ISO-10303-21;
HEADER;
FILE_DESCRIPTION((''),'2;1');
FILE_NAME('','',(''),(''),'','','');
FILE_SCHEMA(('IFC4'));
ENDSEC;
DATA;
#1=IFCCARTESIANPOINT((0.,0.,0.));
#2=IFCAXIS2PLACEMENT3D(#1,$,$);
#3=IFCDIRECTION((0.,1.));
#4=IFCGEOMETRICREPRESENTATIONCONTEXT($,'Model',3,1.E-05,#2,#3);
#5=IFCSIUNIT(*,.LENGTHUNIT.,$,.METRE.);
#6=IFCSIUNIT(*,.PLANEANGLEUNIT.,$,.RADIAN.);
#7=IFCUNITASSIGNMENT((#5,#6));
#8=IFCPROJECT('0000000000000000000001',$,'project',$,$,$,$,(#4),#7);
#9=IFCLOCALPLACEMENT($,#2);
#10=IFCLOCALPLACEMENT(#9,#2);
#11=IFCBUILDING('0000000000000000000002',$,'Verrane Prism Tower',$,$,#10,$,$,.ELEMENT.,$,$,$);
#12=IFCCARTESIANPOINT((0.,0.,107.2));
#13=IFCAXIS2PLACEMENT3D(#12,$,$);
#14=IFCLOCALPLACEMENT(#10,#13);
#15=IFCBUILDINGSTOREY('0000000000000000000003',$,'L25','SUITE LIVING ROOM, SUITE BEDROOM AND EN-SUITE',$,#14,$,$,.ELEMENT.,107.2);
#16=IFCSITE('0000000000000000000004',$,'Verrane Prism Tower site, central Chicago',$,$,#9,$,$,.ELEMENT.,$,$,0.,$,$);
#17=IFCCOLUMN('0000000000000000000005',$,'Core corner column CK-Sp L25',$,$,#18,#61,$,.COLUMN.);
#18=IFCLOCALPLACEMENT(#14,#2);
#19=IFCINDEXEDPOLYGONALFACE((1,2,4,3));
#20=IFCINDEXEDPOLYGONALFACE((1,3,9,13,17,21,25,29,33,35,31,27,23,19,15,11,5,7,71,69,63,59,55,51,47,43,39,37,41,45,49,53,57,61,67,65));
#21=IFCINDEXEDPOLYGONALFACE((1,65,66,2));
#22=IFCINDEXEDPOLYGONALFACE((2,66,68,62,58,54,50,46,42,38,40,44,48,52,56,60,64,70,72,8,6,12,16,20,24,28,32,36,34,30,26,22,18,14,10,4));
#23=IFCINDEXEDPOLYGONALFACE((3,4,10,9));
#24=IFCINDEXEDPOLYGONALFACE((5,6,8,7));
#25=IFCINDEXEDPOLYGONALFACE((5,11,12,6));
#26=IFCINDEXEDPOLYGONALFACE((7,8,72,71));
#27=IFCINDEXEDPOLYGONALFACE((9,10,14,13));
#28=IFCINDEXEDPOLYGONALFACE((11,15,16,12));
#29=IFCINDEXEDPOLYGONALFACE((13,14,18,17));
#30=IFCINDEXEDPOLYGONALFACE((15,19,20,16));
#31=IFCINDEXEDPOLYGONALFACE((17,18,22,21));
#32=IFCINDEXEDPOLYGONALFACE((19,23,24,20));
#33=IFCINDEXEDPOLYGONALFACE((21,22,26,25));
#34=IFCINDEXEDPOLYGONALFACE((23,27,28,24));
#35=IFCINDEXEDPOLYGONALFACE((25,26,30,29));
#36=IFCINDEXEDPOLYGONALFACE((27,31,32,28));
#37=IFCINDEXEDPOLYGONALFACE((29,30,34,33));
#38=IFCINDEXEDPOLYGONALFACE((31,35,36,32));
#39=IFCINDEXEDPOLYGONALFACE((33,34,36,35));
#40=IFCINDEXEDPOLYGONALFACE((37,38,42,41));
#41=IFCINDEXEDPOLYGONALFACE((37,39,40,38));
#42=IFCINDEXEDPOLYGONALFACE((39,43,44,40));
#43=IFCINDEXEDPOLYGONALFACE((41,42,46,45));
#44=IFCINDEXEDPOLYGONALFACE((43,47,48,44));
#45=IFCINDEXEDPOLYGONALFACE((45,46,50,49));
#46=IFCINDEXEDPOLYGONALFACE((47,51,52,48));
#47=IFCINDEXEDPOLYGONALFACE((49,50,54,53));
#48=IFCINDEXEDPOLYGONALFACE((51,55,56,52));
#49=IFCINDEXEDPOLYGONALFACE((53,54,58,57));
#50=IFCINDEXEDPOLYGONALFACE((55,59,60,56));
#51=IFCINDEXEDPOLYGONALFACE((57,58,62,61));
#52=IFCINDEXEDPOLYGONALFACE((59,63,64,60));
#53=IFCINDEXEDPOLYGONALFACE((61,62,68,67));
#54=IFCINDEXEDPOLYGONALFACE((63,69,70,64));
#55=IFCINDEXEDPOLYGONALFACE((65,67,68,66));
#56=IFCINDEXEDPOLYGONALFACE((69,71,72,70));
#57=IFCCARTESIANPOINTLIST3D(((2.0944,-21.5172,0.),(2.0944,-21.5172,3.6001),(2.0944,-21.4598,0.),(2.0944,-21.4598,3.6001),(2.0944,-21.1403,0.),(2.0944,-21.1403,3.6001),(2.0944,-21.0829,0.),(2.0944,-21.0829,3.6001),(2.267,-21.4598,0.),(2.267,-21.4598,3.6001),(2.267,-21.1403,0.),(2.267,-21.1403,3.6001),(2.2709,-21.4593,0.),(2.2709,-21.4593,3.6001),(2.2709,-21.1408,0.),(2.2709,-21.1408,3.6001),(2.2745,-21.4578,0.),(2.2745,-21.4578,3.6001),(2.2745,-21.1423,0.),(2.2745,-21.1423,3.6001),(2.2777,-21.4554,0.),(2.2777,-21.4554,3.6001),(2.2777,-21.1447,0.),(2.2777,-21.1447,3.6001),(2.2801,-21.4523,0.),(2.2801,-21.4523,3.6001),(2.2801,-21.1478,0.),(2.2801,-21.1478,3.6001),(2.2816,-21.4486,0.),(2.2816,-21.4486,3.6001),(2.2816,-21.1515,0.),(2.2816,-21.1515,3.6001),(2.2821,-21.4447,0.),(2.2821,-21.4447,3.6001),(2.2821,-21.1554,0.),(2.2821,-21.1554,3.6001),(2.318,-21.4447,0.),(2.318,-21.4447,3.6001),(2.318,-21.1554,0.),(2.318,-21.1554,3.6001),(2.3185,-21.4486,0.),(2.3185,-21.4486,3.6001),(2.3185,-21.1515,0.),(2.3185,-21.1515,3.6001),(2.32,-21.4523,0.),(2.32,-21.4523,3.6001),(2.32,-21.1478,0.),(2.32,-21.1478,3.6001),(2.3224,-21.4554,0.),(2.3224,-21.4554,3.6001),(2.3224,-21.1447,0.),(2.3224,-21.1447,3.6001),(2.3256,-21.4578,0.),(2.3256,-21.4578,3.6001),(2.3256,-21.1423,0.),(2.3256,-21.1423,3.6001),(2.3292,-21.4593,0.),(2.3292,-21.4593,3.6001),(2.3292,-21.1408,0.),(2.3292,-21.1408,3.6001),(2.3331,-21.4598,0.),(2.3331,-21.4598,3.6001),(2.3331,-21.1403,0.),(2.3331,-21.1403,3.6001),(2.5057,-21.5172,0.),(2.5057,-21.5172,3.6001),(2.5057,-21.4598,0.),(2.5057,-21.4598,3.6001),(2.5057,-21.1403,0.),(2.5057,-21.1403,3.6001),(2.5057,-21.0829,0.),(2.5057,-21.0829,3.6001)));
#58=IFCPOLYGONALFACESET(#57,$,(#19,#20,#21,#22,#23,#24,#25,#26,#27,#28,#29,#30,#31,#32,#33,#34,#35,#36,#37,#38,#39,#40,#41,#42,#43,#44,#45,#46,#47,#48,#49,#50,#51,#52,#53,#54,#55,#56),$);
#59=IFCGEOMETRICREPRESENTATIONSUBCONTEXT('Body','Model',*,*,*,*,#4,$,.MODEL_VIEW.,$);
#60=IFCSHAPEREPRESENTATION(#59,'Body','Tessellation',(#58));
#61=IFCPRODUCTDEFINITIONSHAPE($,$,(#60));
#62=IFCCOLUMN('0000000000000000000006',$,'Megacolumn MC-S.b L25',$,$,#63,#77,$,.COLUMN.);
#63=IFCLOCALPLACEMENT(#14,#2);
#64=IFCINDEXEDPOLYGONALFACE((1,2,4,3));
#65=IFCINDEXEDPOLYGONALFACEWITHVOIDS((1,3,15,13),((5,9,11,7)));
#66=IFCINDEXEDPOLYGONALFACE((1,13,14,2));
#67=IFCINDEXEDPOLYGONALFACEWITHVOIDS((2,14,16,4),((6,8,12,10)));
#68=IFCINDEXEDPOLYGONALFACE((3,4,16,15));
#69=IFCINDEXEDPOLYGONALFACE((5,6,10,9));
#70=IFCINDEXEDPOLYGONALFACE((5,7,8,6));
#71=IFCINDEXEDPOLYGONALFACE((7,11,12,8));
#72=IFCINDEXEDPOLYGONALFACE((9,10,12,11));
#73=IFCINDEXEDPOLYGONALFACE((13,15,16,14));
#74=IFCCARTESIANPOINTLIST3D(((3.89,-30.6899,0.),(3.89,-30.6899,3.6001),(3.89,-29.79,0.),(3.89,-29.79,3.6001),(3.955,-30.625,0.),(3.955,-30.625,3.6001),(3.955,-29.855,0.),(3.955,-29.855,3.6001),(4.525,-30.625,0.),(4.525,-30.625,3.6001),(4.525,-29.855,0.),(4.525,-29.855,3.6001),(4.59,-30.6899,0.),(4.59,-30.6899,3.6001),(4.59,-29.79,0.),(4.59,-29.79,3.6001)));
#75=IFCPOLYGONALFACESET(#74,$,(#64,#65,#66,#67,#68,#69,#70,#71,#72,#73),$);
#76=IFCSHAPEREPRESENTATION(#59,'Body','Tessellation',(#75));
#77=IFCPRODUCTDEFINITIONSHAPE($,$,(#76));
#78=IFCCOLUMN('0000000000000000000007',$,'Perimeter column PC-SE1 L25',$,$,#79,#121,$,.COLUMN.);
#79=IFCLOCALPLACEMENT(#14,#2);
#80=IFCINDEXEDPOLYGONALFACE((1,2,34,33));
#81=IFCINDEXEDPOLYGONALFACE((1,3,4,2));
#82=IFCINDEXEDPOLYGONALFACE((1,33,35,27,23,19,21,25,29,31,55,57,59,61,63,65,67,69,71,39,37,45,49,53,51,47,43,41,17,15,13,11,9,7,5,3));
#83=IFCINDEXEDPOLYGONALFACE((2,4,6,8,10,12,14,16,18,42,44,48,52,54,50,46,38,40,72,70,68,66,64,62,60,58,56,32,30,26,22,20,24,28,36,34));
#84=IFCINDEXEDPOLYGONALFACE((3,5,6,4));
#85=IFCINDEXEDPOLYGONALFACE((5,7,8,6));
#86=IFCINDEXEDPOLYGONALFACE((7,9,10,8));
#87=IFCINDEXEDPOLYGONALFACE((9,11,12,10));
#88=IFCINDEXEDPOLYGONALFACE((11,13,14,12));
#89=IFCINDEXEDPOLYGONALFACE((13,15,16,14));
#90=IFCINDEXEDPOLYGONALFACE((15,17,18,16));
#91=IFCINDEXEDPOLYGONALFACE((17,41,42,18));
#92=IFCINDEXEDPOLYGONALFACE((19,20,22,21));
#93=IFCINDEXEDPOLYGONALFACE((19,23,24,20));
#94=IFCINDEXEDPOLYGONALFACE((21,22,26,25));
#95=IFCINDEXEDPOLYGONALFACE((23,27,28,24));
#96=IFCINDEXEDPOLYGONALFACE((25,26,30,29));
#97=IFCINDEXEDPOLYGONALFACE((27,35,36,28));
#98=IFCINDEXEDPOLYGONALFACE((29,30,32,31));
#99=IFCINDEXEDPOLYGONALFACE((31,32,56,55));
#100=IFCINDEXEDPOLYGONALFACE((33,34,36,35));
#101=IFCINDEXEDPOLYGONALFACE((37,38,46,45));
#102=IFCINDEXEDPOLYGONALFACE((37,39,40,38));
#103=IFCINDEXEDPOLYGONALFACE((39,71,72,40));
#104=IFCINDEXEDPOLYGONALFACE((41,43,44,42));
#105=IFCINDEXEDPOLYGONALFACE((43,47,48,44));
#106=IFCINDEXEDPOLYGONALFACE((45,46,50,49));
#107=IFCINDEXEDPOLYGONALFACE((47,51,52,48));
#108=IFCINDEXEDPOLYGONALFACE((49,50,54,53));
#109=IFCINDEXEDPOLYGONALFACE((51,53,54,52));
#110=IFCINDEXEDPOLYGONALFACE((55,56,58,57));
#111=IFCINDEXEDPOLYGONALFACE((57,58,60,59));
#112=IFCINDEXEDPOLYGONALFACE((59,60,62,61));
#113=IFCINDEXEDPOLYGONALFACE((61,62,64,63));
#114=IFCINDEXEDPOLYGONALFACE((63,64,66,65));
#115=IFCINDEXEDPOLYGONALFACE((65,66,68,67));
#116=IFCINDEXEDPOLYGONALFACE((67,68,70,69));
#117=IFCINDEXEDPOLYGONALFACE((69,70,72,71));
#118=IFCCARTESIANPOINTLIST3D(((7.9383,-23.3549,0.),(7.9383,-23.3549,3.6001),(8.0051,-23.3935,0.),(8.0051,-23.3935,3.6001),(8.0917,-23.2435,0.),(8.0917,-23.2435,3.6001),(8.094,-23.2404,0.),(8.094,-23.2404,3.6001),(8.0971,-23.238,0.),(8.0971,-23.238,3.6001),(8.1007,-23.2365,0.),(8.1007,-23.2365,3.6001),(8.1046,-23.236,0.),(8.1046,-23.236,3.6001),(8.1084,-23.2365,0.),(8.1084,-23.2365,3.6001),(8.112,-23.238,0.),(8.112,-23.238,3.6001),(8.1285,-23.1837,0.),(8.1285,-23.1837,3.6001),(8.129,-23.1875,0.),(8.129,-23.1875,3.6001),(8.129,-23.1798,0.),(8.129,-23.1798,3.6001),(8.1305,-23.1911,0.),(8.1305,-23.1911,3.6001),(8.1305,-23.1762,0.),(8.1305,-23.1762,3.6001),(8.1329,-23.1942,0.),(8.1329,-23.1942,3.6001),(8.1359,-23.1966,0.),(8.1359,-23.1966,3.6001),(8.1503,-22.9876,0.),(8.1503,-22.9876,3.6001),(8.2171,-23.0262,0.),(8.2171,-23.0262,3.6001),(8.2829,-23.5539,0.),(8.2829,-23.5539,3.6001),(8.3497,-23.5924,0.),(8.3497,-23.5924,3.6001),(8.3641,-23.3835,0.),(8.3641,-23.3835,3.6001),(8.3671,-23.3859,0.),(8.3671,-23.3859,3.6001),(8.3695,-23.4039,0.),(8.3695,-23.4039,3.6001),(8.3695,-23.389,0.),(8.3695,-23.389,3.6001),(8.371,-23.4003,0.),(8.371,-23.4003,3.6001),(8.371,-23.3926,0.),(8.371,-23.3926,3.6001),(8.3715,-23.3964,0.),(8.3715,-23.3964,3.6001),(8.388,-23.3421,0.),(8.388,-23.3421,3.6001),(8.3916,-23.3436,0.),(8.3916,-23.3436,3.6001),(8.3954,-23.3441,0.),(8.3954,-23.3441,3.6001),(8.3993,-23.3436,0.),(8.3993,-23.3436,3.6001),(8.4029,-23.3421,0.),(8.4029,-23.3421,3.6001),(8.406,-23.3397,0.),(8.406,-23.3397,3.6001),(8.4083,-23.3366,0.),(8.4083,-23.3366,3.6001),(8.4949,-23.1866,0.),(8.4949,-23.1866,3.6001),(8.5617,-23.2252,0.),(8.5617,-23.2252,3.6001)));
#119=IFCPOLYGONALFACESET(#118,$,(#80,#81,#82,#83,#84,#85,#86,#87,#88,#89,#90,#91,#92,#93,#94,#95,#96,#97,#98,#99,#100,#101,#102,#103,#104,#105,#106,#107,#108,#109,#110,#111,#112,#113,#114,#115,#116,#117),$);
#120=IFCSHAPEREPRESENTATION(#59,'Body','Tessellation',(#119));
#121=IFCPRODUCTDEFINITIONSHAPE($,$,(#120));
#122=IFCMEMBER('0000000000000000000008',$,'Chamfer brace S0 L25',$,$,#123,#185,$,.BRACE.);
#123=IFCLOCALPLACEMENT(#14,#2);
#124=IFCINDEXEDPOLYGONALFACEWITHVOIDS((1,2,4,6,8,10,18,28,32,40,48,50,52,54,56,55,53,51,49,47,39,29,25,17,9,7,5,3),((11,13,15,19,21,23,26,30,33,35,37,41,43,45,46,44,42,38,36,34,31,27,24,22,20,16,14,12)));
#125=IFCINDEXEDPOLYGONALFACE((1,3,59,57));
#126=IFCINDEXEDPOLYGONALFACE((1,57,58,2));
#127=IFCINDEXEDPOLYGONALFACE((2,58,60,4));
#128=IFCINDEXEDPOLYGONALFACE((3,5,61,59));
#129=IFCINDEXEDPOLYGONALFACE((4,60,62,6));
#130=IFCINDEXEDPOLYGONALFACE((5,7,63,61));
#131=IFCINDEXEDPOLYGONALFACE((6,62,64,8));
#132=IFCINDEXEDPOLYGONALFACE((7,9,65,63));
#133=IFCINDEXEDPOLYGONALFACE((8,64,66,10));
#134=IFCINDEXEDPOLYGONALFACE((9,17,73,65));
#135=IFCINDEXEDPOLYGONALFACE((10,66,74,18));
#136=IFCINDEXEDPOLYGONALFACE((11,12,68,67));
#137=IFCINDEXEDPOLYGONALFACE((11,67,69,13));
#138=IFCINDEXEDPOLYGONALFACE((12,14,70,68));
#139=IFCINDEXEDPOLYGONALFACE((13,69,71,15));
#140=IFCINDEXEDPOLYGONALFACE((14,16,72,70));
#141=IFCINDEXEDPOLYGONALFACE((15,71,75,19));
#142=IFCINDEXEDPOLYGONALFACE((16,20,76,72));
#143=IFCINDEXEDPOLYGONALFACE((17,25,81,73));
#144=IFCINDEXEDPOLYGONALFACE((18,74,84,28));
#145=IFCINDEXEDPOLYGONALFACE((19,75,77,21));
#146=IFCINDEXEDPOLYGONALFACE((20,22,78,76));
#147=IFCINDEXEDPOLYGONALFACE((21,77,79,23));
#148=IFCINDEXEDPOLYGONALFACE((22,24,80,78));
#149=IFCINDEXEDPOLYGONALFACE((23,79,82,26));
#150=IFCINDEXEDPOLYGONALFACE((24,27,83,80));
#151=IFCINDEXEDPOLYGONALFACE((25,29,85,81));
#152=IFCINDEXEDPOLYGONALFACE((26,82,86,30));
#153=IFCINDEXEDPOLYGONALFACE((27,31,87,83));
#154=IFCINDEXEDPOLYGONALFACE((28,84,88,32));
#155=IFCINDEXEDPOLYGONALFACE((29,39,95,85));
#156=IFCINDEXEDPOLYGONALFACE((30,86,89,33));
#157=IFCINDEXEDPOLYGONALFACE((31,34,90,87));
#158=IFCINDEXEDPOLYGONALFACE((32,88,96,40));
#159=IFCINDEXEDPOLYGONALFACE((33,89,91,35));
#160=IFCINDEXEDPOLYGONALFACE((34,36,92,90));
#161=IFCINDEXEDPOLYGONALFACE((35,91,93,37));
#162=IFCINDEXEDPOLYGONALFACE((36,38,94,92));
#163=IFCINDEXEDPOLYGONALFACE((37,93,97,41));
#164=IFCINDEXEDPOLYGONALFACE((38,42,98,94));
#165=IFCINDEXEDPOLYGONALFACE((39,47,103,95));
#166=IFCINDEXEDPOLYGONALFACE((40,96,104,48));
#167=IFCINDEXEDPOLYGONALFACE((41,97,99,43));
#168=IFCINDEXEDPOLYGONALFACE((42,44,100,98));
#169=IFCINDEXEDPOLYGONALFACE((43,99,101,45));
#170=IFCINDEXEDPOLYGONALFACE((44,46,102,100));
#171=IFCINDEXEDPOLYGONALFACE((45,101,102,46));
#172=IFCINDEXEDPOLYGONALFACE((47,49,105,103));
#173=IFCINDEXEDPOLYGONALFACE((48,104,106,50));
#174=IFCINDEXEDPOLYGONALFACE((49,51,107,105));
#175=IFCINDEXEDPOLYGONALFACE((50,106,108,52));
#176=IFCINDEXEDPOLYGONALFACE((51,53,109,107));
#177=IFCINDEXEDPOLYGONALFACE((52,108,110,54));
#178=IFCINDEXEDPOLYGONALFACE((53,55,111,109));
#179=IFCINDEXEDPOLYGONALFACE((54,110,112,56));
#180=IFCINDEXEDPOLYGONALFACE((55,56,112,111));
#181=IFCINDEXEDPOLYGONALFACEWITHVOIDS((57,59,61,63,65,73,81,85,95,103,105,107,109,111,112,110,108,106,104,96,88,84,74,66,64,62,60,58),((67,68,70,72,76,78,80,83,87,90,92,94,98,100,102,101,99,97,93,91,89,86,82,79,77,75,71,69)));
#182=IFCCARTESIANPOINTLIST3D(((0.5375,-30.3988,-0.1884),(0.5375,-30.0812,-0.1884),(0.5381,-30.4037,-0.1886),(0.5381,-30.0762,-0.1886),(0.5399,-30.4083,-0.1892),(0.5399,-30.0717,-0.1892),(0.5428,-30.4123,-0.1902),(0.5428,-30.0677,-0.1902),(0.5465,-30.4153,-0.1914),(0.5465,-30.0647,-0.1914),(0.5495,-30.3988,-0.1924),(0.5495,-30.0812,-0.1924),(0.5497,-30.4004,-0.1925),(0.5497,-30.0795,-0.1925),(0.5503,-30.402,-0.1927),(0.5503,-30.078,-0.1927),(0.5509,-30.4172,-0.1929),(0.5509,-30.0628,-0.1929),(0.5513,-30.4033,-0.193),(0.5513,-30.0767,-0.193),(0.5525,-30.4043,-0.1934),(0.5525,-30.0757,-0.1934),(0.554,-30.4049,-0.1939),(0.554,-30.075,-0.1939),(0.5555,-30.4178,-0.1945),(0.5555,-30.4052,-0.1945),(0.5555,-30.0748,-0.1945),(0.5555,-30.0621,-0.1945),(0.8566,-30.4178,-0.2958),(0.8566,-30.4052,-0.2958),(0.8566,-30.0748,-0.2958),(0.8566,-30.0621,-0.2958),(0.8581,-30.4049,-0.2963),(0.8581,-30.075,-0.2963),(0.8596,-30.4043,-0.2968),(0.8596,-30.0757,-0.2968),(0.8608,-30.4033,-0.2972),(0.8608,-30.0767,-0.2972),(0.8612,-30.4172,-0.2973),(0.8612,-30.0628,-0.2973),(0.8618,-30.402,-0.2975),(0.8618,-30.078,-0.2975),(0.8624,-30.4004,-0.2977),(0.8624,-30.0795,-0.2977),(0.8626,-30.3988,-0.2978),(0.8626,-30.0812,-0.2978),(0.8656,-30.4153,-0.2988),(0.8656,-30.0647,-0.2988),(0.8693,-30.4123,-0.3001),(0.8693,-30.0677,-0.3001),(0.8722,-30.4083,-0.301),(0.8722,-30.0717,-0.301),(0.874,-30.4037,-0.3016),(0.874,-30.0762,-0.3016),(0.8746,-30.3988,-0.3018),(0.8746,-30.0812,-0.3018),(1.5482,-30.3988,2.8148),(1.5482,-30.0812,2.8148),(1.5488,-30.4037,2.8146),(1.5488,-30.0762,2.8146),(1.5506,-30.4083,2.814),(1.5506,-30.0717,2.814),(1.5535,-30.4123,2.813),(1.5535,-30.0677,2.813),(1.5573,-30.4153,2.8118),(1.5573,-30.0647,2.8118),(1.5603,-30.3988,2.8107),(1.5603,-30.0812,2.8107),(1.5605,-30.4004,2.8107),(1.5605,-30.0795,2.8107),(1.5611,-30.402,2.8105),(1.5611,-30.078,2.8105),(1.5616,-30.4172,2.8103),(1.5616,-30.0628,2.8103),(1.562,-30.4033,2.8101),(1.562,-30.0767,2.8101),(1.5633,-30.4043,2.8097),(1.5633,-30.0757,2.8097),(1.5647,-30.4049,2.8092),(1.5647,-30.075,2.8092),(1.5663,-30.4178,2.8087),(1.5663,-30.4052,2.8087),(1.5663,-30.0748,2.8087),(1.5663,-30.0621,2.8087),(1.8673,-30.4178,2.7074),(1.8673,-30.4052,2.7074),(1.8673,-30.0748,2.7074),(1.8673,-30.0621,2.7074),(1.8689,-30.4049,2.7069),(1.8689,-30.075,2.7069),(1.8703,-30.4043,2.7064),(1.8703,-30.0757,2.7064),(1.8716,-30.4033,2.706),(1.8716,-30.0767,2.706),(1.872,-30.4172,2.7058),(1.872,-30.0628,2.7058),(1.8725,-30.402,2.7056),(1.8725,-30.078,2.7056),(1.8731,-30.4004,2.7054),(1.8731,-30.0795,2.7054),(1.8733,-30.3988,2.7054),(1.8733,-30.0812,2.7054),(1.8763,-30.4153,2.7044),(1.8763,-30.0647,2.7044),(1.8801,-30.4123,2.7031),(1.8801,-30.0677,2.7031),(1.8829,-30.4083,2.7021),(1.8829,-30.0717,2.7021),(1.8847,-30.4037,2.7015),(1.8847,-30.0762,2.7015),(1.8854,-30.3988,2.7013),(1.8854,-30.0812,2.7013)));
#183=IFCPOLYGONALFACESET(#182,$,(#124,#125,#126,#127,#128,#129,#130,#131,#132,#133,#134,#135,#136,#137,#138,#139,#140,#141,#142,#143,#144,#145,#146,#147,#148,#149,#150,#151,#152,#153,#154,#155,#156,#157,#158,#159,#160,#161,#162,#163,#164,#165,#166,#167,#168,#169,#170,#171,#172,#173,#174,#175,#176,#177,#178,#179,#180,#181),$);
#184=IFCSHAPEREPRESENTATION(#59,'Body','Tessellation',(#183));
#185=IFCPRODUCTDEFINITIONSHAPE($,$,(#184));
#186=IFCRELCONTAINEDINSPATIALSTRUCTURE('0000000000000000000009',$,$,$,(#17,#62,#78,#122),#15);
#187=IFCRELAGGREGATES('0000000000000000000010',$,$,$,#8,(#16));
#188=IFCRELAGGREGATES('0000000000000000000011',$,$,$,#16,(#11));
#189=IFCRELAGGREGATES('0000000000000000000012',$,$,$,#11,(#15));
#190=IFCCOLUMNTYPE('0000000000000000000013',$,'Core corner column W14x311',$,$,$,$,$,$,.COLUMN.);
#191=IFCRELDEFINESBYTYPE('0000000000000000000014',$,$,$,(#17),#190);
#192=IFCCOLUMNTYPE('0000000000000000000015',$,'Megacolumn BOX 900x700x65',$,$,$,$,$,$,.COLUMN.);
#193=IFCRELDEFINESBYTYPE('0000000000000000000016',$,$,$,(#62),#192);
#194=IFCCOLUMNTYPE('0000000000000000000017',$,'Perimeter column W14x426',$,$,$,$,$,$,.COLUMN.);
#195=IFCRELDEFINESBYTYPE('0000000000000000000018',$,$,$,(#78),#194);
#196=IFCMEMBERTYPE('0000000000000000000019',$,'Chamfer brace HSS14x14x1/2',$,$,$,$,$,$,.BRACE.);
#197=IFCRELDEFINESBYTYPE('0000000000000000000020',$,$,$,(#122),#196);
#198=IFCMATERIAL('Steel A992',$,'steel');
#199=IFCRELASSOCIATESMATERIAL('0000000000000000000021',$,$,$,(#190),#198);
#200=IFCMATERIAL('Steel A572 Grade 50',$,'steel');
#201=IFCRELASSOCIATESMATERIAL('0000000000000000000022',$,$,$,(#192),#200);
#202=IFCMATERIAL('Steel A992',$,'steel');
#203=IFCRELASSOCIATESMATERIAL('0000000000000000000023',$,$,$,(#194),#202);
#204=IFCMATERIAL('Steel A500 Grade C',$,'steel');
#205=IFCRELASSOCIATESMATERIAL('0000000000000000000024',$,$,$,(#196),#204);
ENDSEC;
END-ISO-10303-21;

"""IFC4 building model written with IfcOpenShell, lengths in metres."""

from ifc_helpers import new_model, si_unit, direction, frame, origin, origin_2d, place, context, subcontext, project, spatial, hollow_rectangle, i_section, extrude, material, material_profile, profile_set, type_object, element, save


model = new_model("IFC4")

# Units and contexts
model_context = context("Model", 3, precision=1e-05, world=origin(), true_north=direction((0.0, 1.0)))
body_context = subcontext(model_context, "Body", "Model", "MODEL_VIEW")
ifc_project = project(units=[si_unit("LENGTHUNIT", "METRE"), si_unit("PLANEANGLEUNIT", "RADIAN")], contexts=[model_context])

# Site, building, storey
site_placement = place(None, origin())
site = spatial("IfcSite", under=ifc_project, at=site_placement, Name="Verrane Prism Tower site, central Chicago", CompositionType="ELEMENT", RefElevation=0.0)
building_placement = place(site_placement, origin())
building = spatial("IfcBuilding", under=site, at=building_placement, Name="Verrane Prism Tower", CompositionType="ELEMENT")
storey_placement = place(building_placement, frame((0.0, 0.0, 107.2)))
storey = spatial("IfcBuildingStorey", under=building, at=storey_placement, Name="L25", Description="SUITE LIVING ROOM, SUITE BEDROOM AND EN-SUITE", CompositionType="ELEMENT", Elevation=107.2)

# Columns
ifc_material_1 = material(Name="Steel A992", Category="steel")
ifc_material_profile_1 = material_profile(ifc_material_1, i_section(OverallWidth=0.4114, OverallDepth=0.4343, WebThickness=0.0359, FlangeThickness=0.0574, FilletRadius=0.0151, at=origin_2d()), Name="W14x311")
ifc_profile_set_1 = profile_set([ifc_material_profile_1], Name="Steel A992")
column_type_1 = type_object("IfcColumnType", Name="Core corner column W14x311", PredefinedType="COLUMN", material=ifc_profile_set_1)
column_1_placement = place(storey_placement, frame((2.3, -21.3, 0.0), z_axis=(0.0, 0.0, 1.0), x_axis=(-1.0, 0.0, 0.0)))
element("IfcColumn", 1, at=column_1_placement, inside=storey, type_object=column_type_1, Name="Core corner column CK-Sp L25", PredefinedType="COLUMN", context=body_context, shape_type="SweptSolid", body=[
    extrude(i_section(OverallWidth=0.4114, OverallDepth=0.4343, WebThickness=0.0359, FlangeThickness=0.0574, FilletRadius=0.0151, at=origin_2d()), origin(), (0.0, 0.0, 1.0), 3.6001),
])
ifc_material_2 = material(Name="Steel A572 Grade 50", Category="steel")
ifc_material_profile_2 = material_profile(ifc_material_2, hollow_rectangle(XDim=0.7, YDim=0.8999, WallThickness=0.0649, at=origin_2d()), Name="BOX 900x700x65")
ifc_profile_set_2 = profile_set([ifc_material_profile_2], Name="Steel A572 Grade 50")
column_type_2 = type_object("IfcColumnType", Name="Megacolumn BOX 900x700x65", PredefinedType="COLUMN", material=ifc_profile_set_2)
column_2_placement = place(storey_placement, frame((4.24, -30.24, 0.0), z_axis=(0.0, 0.0, 1.0), x_axis=(-1.0, 0.0, 0.0)))
element("IfcColumn", 2, at=column_2_placement, inside=storey, type_object=column_type_2, Name="Megacolumn MC-S.b L25", PredefinedType="COLUMN", context=body_context, shape_type="SweptSolid", body=[
    extrude(hollow_rectangle(XDim=0.7, YDim=0.8999, WallThickness=0.0649, at=origin_2d()), origin(), (0.0, 0.0, 1.0), 3.6001),
])
ifc_material_3 = material(Name="Steel A992", Category="steel")
ifc_material_profile_3 = material_profile(ifc_material_3, i_section(OverallWidth=0.4241, OverallDepth=0.4751, WebThickness=0.0479, FlangeThickness=0.0771, FilletRadius=0.0149, at=origin_2d()), Name="W14x426")
ifc_profile_set_3 = profile_set([ifc_material_profile_3], Name="Steel A992")
column_type_3 = type_object("IfcColumnType", Name="Perimeter column W14x426", PredefinedType="COLUMN", material=ifc_profile_set_3)
column_3_placement = place(storey_placement, frame((8.25, -23.29, 0.0), z_axis=(0.0, 0.0, 1.0), x_axis=(-0.5, -0.866025, 0.0)))
element("IfcColumn", 3, at=column_3_placement, inside=storey, type_object=column_type_3, Name="Perimeter column PC-SE1 L25", PredefinedType="COLUMN", context=body_context, shape_type="SweptSolid", body=[
    extrude(i_section(OverallWidth=0.4241, OverallDepth=0.4751, WebThickness=0.0479, FlangeThickness=0.0771, FilletRadius=0.0149, at=origin_2d()), origin(), (0.0, 0.0, 1.0), 3.6001),
])

# Member
ifc_material_4 = material(Name="Steel A500 Grade C", Category="steel")
ifc_material_profile_4 = material_profile(ifc_material_4, hollow_rectangle(XDim=0.3557, YDim=0.3557, WallThickness=0.0127, InnerFilletRadius=0.0063, OuterFilletRadius=0.019, at=origin_2d()), Name="HSS14x14x1/2")
ifc_profile_set_4 = profile_set([ifc_material_profile_4], Name="Steel A500 Grade C")
member_type_1 = type_object("IfcMemberType", Name="Chamfer brace HSS14x14x1/2", PredefinedType="BRACE", material=ifc_profile_set_4)
member_1_placement = place(storey_placement, frame((0.7061, -30.24, -0.2451), z_axis=(0.318977, 0.0, 0.947762), x_axis=(0.0, 1.0, 0.0)))
element("IfcMember", 4, at=member_1_placement, inside=storey, type_object=member_type_1, Name="Chamfer brace S0 L25", PredefinedType="BRACE", context=body_context, shape_type="SweptSolid", body=[
    extrude(hollow_rectangle(XDim=0.3557, YDim=0.3557, WallThickness=0.0127, InnerFilletRadius=0.0063, OuterFilletRadius=0.019, at=origin_2d()), origin(), (0.0, 0.0, 1.0), 3.1687),
])

save(model, "model.ifc")
